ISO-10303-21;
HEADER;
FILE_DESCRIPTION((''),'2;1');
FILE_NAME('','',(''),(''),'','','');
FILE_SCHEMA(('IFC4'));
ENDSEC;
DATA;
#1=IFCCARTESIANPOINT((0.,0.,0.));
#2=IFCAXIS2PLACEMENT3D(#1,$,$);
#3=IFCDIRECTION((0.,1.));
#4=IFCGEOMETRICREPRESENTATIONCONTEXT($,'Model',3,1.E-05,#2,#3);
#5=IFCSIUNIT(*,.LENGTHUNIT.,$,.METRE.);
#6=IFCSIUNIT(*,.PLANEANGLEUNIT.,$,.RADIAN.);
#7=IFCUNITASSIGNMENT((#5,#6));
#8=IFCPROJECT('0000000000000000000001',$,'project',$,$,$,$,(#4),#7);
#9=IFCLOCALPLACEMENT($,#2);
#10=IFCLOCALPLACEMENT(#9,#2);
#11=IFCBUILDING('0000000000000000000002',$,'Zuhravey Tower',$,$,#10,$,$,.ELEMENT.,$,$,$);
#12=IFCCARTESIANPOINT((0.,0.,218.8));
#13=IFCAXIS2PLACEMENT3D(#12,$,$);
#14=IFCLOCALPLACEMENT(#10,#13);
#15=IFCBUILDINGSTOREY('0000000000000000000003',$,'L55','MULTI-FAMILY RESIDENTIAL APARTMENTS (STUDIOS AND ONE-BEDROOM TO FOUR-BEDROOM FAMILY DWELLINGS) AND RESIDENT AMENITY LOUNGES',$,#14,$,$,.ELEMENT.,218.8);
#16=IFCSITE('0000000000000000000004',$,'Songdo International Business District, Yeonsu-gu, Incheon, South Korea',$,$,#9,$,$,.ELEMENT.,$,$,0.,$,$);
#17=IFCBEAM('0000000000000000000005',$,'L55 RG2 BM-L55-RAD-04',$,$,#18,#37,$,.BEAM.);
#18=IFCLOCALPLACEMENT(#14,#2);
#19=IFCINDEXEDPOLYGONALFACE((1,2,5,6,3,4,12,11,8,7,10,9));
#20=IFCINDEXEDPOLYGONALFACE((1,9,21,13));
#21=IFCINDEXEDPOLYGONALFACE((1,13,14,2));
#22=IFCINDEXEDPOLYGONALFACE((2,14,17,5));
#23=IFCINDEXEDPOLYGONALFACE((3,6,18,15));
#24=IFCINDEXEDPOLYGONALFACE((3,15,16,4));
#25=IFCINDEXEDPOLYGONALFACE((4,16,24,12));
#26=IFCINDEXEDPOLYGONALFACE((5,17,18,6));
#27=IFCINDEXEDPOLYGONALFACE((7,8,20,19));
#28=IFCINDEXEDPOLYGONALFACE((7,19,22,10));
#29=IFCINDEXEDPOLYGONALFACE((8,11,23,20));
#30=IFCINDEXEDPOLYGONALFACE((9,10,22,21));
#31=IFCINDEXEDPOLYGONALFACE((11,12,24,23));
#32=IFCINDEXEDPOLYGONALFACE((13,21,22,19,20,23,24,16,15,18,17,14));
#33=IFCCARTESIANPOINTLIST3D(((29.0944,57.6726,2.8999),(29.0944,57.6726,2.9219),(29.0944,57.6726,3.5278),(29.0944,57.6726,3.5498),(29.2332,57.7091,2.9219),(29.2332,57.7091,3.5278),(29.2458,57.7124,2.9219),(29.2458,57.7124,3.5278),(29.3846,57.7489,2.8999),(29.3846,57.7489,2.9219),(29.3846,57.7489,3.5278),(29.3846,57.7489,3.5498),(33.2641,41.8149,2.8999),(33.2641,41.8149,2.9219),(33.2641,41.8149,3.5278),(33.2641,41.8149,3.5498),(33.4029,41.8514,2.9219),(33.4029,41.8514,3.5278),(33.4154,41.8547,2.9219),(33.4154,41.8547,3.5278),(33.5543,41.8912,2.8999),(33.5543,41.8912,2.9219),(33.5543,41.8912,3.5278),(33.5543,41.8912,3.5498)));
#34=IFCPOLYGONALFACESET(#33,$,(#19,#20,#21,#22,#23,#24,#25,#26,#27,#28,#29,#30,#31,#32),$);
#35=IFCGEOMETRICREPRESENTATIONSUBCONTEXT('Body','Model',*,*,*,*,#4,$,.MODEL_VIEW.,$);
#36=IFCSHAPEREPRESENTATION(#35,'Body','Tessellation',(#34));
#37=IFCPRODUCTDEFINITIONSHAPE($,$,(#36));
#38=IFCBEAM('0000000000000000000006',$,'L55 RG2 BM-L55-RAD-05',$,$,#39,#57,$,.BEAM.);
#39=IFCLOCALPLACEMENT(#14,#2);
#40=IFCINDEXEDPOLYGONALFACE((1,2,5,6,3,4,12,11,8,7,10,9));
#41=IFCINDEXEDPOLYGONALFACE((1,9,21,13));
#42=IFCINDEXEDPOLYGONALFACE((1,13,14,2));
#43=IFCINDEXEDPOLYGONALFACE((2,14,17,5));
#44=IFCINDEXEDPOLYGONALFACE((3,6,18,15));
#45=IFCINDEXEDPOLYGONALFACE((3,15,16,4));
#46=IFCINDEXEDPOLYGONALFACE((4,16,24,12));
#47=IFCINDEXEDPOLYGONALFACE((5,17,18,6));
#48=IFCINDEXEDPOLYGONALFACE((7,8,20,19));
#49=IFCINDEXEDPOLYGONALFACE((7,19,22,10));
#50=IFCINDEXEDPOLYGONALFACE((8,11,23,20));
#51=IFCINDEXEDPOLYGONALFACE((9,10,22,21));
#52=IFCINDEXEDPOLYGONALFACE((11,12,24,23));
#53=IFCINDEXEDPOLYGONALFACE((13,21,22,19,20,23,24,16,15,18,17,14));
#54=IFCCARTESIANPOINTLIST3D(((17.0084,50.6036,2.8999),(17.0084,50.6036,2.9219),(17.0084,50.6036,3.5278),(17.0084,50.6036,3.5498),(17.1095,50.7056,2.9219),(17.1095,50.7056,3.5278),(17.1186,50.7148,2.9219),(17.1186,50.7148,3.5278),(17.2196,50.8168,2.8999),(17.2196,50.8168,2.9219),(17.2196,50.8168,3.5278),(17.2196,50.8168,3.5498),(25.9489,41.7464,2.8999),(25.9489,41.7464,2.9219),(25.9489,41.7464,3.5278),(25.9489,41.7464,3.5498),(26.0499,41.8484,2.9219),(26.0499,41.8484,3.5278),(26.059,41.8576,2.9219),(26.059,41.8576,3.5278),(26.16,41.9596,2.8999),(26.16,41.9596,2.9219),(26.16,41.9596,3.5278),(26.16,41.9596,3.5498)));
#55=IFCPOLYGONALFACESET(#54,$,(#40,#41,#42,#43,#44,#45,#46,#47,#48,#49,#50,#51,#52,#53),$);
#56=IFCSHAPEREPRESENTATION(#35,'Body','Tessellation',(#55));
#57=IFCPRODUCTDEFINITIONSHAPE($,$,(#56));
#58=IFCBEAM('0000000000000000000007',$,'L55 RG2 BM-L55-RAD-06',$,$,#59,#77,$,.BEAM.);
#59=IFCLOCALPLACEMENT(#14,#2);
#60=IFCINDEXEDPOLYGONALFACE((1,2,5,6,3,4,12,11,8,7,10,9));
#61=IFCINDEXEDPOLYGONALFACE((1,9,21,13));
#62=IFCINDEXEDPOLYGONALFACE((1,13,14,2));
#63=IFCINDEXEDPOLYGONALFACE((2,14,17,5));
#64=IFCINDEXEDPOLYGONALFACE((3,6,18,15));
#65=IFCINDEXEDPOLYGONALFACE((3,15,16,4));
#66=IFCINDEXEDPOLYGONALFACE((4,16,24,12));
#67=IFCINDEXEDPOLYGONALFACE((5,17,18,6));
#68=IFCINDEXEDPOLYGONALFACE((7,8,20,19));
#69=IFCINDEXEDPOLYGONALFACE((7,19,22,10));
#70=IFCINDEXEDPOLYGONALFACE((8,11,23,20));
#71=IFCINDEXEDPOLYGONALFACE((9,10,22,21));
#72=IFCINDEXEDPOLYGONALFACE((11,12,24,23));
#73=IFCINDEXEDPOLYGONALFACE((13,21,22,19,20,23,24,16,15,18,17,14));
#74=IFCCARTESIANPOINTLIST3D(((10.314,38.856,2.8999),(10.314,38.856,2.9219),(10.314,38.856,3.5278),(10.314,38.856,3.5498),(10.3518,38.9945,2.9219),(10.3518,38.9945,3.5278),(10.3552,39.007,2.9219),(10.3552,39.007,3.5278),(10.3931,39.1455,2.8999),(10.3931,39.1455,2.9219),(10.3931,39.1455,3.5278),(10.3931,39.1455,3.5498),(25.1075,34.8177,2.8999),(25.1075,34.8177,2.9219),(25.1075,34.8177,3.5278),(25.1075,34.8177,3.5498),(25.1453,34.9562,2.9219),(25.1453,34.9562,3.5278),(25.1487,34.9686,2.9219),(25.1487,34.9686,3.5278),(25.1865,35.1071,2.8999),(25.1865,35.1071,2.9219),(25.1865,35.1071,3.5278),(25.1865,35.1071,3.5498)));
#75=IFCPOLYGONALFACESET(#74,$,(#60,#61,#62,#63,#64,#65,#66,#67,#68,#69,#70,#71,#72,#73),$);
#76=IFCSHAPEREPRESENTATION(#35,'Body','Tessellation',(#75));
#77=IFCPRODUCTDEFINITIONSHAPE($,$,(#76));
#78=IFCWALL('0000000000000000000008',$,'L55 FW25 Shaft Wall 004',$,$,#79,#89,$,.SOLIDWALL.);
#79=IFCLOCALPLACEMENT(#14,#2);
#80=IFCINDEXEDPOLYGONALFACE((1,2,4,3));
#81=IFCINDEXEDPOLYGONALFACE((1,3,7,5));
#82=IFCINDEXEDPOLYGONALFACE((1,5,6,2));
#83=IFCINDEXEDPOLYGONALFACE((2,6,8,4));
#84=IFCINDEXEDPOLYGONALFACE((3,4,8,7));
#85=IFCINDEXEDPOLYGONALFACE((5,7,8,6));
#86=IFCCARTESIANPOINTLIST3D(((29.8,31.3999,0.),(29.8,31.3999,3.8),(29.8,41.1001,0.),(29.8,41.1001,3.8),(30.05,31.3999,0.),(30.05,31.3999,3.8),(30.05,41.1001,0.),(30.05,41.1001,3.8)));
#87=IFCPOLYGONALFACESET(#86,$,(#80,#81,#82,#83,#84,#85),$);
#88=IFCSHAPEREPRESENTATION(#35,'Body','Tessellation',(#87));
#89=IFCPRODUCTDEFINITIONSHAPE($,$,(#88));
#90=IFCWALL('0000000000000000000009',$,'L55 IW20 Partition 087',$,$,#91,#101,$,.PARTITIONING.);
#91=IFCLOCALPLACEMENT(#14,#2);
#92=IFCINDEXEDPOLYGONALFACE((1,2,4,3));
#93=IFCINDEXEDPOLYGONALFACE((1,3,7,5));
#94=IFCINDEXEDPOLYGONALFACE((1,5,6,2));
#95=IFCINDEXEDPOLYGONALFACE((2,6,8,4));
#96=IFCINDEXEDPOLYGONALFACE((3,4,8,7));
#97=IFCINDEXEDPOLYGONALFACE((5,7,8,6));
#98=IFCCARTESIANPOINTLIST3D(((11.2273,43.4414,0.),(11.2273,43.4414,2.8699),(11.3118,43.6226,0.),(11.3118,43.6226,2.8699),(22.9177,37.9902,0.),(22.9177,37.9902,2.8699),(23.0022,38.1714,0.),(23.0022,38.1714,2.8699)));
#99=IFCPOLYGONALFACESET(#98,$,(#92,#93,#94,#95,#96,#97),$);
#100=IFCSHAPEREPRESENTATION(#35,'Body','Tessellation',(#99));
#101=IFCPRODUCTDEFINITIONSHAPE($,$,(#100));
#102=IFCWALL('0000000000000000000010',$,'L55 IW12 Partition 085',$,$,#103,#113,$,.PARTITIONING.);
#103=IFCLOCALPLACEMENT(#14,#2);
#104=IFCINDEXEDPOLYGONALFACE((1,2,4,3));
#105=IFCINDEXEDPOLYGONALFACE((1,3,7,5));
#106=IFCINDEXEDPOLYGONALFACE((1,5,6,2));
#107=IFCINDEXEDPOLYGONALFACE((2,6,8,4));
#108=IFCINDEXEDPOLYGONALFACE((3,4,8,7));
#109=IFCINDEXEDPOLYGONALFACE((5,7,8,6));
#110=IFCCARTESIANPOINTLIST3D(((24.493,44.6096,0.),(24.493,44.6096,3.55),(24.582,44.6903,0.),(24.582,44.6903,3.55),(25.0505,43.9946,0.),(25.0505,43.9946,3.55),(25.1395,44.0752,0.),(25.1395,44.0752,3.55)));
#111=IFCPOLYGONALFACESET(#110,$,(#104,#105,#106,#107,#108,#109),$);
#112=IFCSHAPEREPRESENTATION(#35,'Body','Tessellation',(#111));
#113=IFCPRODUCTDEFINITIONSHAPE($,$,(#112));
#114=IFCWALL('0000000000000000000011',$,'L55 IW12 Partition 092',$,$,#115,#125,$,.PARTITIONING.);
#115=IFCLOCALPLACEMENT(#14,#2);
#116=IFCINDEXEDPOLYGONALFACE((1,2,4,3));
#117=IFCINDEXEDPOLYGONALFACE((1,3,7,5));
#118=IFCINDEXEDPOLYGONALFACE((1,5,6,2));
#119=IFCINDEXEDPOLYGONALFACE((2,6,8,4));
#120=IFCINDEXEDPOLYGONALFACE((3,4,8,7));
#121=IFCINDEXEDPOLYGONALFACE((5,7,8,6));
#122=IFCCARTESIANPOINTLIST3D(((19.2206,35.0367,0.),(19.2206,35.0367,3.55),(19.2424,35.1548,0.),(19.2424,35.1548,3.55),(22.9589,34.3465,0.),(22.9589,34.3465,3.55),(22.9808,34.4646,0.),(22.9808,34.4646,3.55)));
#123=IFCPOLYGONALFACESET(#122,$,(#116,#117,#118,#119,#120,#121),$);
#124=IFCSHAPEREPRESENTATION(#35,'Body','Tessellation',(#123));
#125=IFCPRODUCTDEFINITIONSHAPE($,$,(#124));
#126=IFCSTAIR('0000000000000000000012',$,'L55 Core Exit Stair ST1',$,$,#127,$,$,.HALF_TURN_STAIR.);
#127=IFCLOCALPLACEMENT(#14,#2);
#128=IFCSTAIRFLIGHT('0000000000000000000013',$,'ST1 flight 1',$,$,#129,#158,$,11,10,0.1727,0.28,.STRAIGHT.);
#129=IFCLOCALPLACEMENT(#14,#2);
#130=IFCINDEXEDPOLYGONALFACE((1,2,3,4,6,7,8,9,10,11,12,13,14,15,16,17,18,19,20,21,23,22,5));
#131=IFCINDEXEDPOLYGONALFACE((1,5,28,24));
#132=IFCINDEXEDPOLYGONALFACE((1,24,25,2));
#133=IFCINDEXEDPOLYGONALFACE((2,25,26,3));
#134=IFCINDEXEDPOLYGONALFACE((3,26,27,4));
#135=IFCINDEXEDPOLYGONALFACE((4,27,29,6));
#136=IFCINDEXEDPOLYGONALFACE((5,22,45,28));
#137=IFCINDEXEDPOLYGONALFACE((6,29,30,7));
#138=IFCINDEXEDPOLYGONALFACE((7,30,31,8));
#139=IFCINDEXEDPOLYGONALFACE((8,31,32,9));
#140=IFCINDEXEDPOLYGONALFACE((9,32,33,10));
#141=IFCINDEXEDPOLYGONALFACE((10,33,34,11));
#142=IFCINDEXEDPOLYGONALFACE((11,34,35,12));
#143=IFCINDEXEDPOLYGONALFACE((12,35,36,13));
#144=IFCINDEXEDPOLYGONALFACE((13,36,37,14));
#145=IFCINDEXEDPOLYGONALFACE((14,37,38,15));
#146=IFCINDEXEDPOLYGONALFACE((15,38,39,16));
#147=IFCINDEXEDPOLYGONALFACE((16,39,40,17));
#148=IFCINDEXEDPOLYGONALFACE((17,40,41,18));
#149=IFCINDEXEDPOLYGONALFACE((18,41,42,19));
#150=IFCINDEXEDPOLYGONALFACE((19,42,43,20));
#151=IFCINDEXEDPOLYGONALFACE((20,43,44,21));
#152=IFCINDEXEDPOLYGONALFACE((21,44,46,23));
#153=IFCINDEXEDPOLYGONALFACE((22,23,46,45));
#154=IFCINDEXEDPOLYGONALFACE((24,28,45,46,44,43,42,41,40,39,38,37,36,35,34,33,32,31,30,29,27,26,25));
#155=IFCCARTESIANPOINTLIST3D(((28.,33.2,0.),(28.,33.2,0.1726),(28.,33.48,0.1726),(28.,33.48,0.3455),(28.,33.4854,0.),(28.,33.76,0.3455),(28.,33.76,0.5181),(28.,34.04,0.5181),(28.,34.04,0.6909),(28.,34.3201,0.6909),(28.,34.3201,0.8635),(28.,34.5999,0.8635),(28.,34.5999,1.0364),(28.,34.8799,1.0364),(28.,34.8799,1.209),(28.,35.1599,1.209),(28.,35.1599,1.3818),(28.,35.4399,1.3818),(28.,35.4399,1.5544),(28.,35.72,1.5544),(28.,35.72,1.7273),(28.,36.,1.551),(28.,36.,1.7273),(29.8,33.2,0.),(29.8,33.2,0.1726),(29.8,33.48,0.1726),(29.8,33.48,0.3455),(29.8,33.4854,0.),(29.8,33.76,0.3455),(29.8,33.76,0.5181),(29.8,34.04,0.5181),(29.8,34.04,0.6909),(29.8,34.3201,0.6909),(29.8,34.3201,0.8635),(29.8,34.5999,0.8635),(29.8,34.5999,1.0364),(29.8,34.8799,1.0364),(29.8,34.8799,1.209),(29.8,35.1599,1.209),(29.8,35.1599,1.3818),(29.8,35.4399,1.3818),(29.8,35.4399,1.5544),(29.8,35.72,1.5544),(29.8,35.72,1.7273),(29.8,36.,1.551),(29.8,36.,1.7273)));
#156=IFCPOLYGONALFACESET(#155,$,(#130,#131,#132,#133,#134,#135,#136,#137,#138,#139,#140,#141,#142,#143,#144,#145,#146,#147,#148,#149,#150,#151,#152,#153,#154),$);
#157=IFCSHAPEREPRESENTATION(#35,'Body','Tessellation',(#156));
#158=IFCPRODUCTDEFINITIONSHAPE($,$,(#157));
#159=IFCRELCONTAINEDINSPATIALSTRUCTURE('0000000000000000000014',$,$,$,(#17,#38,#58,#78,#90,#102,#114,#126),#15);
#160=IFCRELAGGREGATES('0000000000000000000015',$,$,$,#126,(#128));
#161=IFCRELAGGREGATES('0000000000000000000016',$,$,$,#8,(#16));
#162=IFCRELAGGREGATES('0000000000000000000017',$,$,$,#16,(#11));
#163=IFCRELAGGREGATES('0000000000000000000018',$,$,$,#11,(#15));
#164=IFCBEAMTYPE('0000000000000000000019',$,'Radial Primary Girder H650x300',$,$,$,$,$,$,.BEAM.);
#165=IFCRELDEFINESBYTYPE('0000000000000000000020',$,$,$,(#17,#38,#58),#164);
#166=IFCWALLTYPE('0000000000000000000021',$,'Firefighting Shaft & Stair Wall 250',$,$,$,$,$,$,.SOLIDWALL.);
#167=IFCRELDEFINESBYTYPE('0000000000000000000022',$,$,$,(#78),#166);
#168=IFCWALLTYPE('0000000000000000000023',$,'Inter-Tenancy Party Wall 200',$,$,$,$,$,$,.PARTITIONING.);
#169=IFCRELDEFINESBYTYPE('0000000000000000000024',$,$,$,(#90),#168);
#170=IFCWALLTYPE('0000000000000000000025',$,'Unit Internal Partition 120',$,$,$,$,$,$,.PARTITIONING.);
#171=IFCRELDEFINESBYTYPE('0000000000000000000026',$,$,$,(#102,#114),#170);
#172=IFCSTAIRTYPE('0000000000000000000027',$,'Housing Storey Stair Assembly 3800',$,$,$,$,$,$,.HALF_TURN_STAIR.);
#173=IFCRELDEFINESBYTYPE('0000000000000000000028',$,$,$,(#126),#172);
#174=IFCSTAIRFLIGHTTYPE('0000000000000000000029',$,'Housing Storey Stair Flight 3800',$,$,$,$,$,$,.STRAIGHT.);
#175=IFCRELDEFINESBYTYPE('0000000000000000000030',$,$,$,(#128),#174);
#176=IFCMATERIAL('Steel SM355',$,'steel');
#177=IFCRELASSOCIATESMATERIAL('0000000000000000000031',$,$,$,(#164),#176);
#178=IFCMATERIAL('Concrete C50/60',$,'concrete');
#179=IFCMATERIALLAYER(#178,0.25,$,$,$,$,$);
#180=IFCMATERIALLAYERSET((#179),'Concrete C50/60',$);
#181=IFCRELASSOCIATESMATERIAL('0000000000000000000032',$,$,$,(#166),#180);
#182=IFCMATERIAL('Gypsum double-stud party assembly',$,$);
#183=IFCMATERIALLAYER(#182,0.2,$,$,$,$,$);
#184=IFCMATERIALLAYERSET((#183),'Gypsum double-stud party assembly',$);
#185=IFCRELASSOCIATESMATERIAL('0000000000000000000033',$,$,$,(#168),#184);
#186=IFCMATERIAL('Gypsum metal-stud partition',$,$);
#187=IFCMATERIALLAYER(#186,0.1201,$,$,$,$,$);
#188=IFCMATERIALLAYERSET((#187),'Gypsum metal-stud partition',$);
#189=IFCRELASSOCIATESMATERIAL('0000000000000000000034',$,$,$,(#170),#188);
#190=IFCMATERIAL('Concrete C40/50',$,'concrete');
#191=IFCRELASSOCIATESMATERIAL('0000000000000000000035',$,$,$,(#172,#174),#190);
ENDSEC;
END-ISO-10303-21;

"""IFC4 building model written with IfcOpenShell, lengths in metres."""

from ifc_helpers import new_model, si_unit, direction, frame, frame_2d, origin, origin_2d, place, context, subcontext, project, spatial, polyline, rectangle, i_section, outline, extrude, material, layer, layer_set, material_profile, profile_set, type_object, element, aggregate, save


model = new_model("IFC4")

# Units and contexts
model_context = context("Model", 3, precision=1e-05, world=origin(), true_north=direction((0.0, 1.0)))
body_context = subcontext(model_context, "Body", "Model", "MODEL_VIEW")
ifc_project = project(units=[si_unit("LENGTHUNIT", "METRE"), si_unit("PLANEANGLEUNIT", "RADIAN")], contexts=[model_context])

# Site, building, storey
site_placement = place(None, origin())
site = spatial("IfcSite", under=ifc_project, at=site_placement, Name="Songdo International Business District, Yeonsu-gu, Incheon, South Korea", CompositionType="ELEMENT", RefElevation=0.0)
building_placement = place(site_placement, origin())
building = spatial("IfcBuilding", under=site, at=building_placement, Name="Zuhravey Tower", CompositionType="ELEMENT")
storey_placement = place(building_placement, frame((0.0, 0.0, 218.8)))
storey = spatial("IfcBuildingStorey", under=building, at=storey_placement, Name="L55", Description="MULTI-FAMILY RESIDENTIAL APARTMENTS (STUDIOS AND ONE-BEDROOM TO FOUR-BEDROOM FAMILY DWELLINGS) AND RESIDENT AMENITY LOUNGES", CompositionType="ELEMENT", Elevation=218.8)

# Beams
ifc_material_1 = material(Name="Steel SM355", Category="steel")
ifc_material_profile = material_profile(ifc_material_1, i_section(OverallWidth=0.3, OverallDepth=0.6499, WebThickness=0.0129, FlangeThickness=0.022, at=origin_2d()), Name="H-650x300x13x22")
ifc_profile_set = profile_set([ifc_material_profile], Name="Steel SM355")
beam_type = type_object("IfcBeamType", Name="Radial Primary Girder H650x300", PredefinedType="BEAM", material=ifc_profile_set)
beam_1_placement = place(storey_placement, frame((33.4092, 41.853, 3.2249), z_axis=(-0.2543, 0.967125, 0.0), x_axis=(-0.967125, -0.2543, 0.0)))
element("IfcBeam", 1, at=beam_1_placement, inside=storey, type_object=beam_type, Name="L55 RG2 BM-L55-RAD-04", PredefinedType="BEAM", context=body_context, shape_type="SweptSolid", body=[
    extrude(i_section(OverallWidth=0.3, OverallDepth=0.6499, WebThickness=0.0129, FlangeThickness=0.022, at=origin_2d()), origin(), (0.0, 0.0, 1.0), 16.3967),
])
beam_2_placement = place(storey_placement, frame((26.0544, 41.853, 3.2249), z_axis=(-0.710407, 0.703791, 0.0), x_axis=(-0.703791, -0.710407, 0.0)))
element("IfcBeam", 2, at=beam_2_placement, inside=storey, type_object=beam_type, Name="L55 RG2 BM-L55-RAD-05", PredefinedType="BEAM", context=body_context, shape_type="SweptSolid", body=[
    extrude(i_section(OverallWidth=0.3, OverallDepth=0.6499, WebThickness=0.0129, FlangeThickness=0.022, at=origin_2d()), origin(), (0.0, 0.0, 1.0), 12.585),
])
beam_3_placement = place(storey_placement, frame((25.147, 34.9624, 3.2249), z_axis=(-0.964702, 0.263345, 0.0), x_axis=(-0.263345, -0.964702, 0.0)))
element("IfcBeam", 3, at=beam_3_placement, inside=storey, type_object=beam_type, Name="L55 RG2 BM-L55-RAD-06", PredefinedType="BEAM", context=body_context, shape_type="SweptSolid", body=[
    extrude(i_section(OverallWidth=0.3, OverallDepth=0.6499, WebThickness=0.0129, FlangeThickness=0.022, at=origin_2d()), origin(), (0.0, 0.0, 1.0), 15.3347),
])

# Walls
ifc_material_2 = material(Name="Concrete C50/60", Category="concrete")
ifc_layer_1 = layer(ifc_material_2, 0.25)
ifc_layer_set_1 = layer_set([ifc_layer_1], Name="Concrete C50/60")
wall_type_1 = type_object("IfcWallType", Name="Firefighting Shaft & Stair Wall 250", PredefinedType="SOLIDWALL", material=ifc_layer_set_1)
wall_1_placement = place(storey_placement, frame((29.925, 31.3999, 0.0), z_axis=(0.0, 0.0, 1.0), x_axis=(0.0, 1.0, 0.0)))
element("IfcWall", 4, at=wall_1_placement, inside=storey, type_object=wall_type_1, Name="L55 FW25 Shaft Wall 004", PredefinedType="SOLIDWALL", context=body_context, shape_type="SweptSolid", body=[
    extrude(rectangle(XDim=9.7002, YDim=0.25, at=frame_2d((4.8501, 0.0))), origin(), (0.0, 0.0, 1.0), 3.8),
])
ifc_material_3 = material(Name="Gypsum double-stud party assembly")
ifc_layer_2 = layer(ifc_material_3, 0.2)
ifc_layer_set_2 = layer_set([ifc_layer_2], Name="Gypsum double-stud party assembly")
wall_type_2 = type_object("IfcWallType", Name="Inter-Tenancy Party Wall 200", PredefinedType="PARTITIONING", material=ifc_layer_set_2)
wall_2_placement = place(storey_placement, frame((22.96, 38.0808, 0.0), z_axis=(0.0, 0.0, 1.0), x_axis=(-0.906313, 0.422608, 0.0)))
element("IfcWall", 5, at=wall_2_placement, inside=storey, type_object=wall_type_2, Name="L55 IW20 Partition 087", PredefinedType="PARTITIONING", context=body_context, shape_type="SweptSolid", body=[
    extrude(rectangle(XDim=12.8989, YDim=0.2, at=frame_2d((6.4495, 0.0))), origin(), (0.0, 0.0, 1.0), 2.8699),
])
ifc_material_4 = material(Name="Gypsum metal-stud partition")
ifc_layer_3 = layer(ifc_material_4, 0.1201)
ifc_layer_set_3 = layer_set([ifc_layer_3], Name="Gypsum metal-stud partition")
wall_type_3 = type_object("IfcWallType", Name="Unit Internal Partition 120", PredefinedType="PARTITIONING", material=ifc_layer_set_3)
wall_3_placement = place(storey_placement, frame((25.095, 44.0349, 0.0), z_axis=(0.0, 0.0, 1.0), x_axis=(-0.671545, 0.740964, 0.0)))
element("IfcWall", 6, at=wall_3_placement, inside=storey, type_object=wall_type_3, Name="L55 IW12 Partition 085", PredefinedType="PARTITIONING", context=body_context, shape_type="SweptSolid", body=[
    extrude(rectangle(XDim=0.8301, YDim=0.1201, at=frame_2d((0.415, 0.0))), origin(), (0.0, 0.0, 1.0), 3.55),
])
wall_4_placement = place(storey_placement, frame((22.97, 34.4055, 0.0), z_axis=(0.0, 0.0, 1.0), x_axis=(-0.98338, 0.181558, 0.0)))
element("IfcWall", 7, at=wall_4_placement, inside=storey, type_object=wall_type_3, Name="L55 IW12 Partition 092", PredefinedType="PARTITIONING", context=body_context, shape_type="SweptSolid", body=[
    extrude(rectangle(XDim=3.8015, YDim=0.1201, at=frame_2d((1.9009, 0.0))), origin(), (0.0, 0.0, 1.0), 3.55),
])

# Stair, stair flight
ifc_material_5 = material(Name="Concrete C40/50", Category="concrete")
stair_type = type_object("IfcStairType", Name="Housing Storey Stair Assembly 3800", PredefinedType="HALF_TURN_STAIR", material=ifc_material_5)
stair_1_placement = place(storey_placement, origin())
stair_1 = element("IfcStair", 8, at=stair_1_placement, inside=storey, type_object=stair_type, Name="L55 Core Exit Stair ST1", PredefinedType="HALF_TURN_STAIR")
stair_flight_type = type_object("IfcStairFlightType", Name="Housing Storey Stair Flight 3800", PredefinedType="STRAIGHT", material=ifc_material_5)
stair_flight_1_placement = place(storey_placement, frame((28.8999, 33.2, 0.0), z_axis=(0.0, 0.0, 1.0), x_axis=(0.0, 1.0, 0.0)))
stair_flight_1 = element("IfcStairFlight", 9, at=stair_flight_1_placement, type_object=stair_flight_type, Name="ST1 flight 1", NumberOfRisers=11, NumberOfTreads=10, PredefinedType="STRAIGHT", RiserHeight=0.1727, TreadLength=0.28, context=body_context, shape_type="SweptSolid", body=[
    extrude(outline(polyline([(0.0, 0.0), (0.0, 0.1726), (0.28, 0.1726), (0.28, 0.3455), (0.5601, 0.3455), (0.5601, 0.5181), (0.8401, 0.5181), (0.8401, 0.6909), (1.1201, 0.6909), (1.1201, 0.8635), (1.3999, 0.8635), (1.3999, 1.0364), (1.6799, 1.0364), (1.6799, 1.209), (1.96, 1.209), (1.96, 1.3818), (2.24, 1.3818), (2.24, 1.5544), (2.52, 1.5544), (2.52, 1.7273), (2.8, 1.7273), (2.8, 1.8999), (2.8, 1.551), (0.2854, 0.0), (0.0, 0.0)])), frame((0.0, 0.8999, 0.0), z_axis=(0.0, -1.0, 0.0), x_axis=(1.0, 0.0, 0.0)), (0.0, 0.0, 1.0), 1.8),
])
aggregate(stair_1, [stair_flight_1])

save(model, "model.ifc")
